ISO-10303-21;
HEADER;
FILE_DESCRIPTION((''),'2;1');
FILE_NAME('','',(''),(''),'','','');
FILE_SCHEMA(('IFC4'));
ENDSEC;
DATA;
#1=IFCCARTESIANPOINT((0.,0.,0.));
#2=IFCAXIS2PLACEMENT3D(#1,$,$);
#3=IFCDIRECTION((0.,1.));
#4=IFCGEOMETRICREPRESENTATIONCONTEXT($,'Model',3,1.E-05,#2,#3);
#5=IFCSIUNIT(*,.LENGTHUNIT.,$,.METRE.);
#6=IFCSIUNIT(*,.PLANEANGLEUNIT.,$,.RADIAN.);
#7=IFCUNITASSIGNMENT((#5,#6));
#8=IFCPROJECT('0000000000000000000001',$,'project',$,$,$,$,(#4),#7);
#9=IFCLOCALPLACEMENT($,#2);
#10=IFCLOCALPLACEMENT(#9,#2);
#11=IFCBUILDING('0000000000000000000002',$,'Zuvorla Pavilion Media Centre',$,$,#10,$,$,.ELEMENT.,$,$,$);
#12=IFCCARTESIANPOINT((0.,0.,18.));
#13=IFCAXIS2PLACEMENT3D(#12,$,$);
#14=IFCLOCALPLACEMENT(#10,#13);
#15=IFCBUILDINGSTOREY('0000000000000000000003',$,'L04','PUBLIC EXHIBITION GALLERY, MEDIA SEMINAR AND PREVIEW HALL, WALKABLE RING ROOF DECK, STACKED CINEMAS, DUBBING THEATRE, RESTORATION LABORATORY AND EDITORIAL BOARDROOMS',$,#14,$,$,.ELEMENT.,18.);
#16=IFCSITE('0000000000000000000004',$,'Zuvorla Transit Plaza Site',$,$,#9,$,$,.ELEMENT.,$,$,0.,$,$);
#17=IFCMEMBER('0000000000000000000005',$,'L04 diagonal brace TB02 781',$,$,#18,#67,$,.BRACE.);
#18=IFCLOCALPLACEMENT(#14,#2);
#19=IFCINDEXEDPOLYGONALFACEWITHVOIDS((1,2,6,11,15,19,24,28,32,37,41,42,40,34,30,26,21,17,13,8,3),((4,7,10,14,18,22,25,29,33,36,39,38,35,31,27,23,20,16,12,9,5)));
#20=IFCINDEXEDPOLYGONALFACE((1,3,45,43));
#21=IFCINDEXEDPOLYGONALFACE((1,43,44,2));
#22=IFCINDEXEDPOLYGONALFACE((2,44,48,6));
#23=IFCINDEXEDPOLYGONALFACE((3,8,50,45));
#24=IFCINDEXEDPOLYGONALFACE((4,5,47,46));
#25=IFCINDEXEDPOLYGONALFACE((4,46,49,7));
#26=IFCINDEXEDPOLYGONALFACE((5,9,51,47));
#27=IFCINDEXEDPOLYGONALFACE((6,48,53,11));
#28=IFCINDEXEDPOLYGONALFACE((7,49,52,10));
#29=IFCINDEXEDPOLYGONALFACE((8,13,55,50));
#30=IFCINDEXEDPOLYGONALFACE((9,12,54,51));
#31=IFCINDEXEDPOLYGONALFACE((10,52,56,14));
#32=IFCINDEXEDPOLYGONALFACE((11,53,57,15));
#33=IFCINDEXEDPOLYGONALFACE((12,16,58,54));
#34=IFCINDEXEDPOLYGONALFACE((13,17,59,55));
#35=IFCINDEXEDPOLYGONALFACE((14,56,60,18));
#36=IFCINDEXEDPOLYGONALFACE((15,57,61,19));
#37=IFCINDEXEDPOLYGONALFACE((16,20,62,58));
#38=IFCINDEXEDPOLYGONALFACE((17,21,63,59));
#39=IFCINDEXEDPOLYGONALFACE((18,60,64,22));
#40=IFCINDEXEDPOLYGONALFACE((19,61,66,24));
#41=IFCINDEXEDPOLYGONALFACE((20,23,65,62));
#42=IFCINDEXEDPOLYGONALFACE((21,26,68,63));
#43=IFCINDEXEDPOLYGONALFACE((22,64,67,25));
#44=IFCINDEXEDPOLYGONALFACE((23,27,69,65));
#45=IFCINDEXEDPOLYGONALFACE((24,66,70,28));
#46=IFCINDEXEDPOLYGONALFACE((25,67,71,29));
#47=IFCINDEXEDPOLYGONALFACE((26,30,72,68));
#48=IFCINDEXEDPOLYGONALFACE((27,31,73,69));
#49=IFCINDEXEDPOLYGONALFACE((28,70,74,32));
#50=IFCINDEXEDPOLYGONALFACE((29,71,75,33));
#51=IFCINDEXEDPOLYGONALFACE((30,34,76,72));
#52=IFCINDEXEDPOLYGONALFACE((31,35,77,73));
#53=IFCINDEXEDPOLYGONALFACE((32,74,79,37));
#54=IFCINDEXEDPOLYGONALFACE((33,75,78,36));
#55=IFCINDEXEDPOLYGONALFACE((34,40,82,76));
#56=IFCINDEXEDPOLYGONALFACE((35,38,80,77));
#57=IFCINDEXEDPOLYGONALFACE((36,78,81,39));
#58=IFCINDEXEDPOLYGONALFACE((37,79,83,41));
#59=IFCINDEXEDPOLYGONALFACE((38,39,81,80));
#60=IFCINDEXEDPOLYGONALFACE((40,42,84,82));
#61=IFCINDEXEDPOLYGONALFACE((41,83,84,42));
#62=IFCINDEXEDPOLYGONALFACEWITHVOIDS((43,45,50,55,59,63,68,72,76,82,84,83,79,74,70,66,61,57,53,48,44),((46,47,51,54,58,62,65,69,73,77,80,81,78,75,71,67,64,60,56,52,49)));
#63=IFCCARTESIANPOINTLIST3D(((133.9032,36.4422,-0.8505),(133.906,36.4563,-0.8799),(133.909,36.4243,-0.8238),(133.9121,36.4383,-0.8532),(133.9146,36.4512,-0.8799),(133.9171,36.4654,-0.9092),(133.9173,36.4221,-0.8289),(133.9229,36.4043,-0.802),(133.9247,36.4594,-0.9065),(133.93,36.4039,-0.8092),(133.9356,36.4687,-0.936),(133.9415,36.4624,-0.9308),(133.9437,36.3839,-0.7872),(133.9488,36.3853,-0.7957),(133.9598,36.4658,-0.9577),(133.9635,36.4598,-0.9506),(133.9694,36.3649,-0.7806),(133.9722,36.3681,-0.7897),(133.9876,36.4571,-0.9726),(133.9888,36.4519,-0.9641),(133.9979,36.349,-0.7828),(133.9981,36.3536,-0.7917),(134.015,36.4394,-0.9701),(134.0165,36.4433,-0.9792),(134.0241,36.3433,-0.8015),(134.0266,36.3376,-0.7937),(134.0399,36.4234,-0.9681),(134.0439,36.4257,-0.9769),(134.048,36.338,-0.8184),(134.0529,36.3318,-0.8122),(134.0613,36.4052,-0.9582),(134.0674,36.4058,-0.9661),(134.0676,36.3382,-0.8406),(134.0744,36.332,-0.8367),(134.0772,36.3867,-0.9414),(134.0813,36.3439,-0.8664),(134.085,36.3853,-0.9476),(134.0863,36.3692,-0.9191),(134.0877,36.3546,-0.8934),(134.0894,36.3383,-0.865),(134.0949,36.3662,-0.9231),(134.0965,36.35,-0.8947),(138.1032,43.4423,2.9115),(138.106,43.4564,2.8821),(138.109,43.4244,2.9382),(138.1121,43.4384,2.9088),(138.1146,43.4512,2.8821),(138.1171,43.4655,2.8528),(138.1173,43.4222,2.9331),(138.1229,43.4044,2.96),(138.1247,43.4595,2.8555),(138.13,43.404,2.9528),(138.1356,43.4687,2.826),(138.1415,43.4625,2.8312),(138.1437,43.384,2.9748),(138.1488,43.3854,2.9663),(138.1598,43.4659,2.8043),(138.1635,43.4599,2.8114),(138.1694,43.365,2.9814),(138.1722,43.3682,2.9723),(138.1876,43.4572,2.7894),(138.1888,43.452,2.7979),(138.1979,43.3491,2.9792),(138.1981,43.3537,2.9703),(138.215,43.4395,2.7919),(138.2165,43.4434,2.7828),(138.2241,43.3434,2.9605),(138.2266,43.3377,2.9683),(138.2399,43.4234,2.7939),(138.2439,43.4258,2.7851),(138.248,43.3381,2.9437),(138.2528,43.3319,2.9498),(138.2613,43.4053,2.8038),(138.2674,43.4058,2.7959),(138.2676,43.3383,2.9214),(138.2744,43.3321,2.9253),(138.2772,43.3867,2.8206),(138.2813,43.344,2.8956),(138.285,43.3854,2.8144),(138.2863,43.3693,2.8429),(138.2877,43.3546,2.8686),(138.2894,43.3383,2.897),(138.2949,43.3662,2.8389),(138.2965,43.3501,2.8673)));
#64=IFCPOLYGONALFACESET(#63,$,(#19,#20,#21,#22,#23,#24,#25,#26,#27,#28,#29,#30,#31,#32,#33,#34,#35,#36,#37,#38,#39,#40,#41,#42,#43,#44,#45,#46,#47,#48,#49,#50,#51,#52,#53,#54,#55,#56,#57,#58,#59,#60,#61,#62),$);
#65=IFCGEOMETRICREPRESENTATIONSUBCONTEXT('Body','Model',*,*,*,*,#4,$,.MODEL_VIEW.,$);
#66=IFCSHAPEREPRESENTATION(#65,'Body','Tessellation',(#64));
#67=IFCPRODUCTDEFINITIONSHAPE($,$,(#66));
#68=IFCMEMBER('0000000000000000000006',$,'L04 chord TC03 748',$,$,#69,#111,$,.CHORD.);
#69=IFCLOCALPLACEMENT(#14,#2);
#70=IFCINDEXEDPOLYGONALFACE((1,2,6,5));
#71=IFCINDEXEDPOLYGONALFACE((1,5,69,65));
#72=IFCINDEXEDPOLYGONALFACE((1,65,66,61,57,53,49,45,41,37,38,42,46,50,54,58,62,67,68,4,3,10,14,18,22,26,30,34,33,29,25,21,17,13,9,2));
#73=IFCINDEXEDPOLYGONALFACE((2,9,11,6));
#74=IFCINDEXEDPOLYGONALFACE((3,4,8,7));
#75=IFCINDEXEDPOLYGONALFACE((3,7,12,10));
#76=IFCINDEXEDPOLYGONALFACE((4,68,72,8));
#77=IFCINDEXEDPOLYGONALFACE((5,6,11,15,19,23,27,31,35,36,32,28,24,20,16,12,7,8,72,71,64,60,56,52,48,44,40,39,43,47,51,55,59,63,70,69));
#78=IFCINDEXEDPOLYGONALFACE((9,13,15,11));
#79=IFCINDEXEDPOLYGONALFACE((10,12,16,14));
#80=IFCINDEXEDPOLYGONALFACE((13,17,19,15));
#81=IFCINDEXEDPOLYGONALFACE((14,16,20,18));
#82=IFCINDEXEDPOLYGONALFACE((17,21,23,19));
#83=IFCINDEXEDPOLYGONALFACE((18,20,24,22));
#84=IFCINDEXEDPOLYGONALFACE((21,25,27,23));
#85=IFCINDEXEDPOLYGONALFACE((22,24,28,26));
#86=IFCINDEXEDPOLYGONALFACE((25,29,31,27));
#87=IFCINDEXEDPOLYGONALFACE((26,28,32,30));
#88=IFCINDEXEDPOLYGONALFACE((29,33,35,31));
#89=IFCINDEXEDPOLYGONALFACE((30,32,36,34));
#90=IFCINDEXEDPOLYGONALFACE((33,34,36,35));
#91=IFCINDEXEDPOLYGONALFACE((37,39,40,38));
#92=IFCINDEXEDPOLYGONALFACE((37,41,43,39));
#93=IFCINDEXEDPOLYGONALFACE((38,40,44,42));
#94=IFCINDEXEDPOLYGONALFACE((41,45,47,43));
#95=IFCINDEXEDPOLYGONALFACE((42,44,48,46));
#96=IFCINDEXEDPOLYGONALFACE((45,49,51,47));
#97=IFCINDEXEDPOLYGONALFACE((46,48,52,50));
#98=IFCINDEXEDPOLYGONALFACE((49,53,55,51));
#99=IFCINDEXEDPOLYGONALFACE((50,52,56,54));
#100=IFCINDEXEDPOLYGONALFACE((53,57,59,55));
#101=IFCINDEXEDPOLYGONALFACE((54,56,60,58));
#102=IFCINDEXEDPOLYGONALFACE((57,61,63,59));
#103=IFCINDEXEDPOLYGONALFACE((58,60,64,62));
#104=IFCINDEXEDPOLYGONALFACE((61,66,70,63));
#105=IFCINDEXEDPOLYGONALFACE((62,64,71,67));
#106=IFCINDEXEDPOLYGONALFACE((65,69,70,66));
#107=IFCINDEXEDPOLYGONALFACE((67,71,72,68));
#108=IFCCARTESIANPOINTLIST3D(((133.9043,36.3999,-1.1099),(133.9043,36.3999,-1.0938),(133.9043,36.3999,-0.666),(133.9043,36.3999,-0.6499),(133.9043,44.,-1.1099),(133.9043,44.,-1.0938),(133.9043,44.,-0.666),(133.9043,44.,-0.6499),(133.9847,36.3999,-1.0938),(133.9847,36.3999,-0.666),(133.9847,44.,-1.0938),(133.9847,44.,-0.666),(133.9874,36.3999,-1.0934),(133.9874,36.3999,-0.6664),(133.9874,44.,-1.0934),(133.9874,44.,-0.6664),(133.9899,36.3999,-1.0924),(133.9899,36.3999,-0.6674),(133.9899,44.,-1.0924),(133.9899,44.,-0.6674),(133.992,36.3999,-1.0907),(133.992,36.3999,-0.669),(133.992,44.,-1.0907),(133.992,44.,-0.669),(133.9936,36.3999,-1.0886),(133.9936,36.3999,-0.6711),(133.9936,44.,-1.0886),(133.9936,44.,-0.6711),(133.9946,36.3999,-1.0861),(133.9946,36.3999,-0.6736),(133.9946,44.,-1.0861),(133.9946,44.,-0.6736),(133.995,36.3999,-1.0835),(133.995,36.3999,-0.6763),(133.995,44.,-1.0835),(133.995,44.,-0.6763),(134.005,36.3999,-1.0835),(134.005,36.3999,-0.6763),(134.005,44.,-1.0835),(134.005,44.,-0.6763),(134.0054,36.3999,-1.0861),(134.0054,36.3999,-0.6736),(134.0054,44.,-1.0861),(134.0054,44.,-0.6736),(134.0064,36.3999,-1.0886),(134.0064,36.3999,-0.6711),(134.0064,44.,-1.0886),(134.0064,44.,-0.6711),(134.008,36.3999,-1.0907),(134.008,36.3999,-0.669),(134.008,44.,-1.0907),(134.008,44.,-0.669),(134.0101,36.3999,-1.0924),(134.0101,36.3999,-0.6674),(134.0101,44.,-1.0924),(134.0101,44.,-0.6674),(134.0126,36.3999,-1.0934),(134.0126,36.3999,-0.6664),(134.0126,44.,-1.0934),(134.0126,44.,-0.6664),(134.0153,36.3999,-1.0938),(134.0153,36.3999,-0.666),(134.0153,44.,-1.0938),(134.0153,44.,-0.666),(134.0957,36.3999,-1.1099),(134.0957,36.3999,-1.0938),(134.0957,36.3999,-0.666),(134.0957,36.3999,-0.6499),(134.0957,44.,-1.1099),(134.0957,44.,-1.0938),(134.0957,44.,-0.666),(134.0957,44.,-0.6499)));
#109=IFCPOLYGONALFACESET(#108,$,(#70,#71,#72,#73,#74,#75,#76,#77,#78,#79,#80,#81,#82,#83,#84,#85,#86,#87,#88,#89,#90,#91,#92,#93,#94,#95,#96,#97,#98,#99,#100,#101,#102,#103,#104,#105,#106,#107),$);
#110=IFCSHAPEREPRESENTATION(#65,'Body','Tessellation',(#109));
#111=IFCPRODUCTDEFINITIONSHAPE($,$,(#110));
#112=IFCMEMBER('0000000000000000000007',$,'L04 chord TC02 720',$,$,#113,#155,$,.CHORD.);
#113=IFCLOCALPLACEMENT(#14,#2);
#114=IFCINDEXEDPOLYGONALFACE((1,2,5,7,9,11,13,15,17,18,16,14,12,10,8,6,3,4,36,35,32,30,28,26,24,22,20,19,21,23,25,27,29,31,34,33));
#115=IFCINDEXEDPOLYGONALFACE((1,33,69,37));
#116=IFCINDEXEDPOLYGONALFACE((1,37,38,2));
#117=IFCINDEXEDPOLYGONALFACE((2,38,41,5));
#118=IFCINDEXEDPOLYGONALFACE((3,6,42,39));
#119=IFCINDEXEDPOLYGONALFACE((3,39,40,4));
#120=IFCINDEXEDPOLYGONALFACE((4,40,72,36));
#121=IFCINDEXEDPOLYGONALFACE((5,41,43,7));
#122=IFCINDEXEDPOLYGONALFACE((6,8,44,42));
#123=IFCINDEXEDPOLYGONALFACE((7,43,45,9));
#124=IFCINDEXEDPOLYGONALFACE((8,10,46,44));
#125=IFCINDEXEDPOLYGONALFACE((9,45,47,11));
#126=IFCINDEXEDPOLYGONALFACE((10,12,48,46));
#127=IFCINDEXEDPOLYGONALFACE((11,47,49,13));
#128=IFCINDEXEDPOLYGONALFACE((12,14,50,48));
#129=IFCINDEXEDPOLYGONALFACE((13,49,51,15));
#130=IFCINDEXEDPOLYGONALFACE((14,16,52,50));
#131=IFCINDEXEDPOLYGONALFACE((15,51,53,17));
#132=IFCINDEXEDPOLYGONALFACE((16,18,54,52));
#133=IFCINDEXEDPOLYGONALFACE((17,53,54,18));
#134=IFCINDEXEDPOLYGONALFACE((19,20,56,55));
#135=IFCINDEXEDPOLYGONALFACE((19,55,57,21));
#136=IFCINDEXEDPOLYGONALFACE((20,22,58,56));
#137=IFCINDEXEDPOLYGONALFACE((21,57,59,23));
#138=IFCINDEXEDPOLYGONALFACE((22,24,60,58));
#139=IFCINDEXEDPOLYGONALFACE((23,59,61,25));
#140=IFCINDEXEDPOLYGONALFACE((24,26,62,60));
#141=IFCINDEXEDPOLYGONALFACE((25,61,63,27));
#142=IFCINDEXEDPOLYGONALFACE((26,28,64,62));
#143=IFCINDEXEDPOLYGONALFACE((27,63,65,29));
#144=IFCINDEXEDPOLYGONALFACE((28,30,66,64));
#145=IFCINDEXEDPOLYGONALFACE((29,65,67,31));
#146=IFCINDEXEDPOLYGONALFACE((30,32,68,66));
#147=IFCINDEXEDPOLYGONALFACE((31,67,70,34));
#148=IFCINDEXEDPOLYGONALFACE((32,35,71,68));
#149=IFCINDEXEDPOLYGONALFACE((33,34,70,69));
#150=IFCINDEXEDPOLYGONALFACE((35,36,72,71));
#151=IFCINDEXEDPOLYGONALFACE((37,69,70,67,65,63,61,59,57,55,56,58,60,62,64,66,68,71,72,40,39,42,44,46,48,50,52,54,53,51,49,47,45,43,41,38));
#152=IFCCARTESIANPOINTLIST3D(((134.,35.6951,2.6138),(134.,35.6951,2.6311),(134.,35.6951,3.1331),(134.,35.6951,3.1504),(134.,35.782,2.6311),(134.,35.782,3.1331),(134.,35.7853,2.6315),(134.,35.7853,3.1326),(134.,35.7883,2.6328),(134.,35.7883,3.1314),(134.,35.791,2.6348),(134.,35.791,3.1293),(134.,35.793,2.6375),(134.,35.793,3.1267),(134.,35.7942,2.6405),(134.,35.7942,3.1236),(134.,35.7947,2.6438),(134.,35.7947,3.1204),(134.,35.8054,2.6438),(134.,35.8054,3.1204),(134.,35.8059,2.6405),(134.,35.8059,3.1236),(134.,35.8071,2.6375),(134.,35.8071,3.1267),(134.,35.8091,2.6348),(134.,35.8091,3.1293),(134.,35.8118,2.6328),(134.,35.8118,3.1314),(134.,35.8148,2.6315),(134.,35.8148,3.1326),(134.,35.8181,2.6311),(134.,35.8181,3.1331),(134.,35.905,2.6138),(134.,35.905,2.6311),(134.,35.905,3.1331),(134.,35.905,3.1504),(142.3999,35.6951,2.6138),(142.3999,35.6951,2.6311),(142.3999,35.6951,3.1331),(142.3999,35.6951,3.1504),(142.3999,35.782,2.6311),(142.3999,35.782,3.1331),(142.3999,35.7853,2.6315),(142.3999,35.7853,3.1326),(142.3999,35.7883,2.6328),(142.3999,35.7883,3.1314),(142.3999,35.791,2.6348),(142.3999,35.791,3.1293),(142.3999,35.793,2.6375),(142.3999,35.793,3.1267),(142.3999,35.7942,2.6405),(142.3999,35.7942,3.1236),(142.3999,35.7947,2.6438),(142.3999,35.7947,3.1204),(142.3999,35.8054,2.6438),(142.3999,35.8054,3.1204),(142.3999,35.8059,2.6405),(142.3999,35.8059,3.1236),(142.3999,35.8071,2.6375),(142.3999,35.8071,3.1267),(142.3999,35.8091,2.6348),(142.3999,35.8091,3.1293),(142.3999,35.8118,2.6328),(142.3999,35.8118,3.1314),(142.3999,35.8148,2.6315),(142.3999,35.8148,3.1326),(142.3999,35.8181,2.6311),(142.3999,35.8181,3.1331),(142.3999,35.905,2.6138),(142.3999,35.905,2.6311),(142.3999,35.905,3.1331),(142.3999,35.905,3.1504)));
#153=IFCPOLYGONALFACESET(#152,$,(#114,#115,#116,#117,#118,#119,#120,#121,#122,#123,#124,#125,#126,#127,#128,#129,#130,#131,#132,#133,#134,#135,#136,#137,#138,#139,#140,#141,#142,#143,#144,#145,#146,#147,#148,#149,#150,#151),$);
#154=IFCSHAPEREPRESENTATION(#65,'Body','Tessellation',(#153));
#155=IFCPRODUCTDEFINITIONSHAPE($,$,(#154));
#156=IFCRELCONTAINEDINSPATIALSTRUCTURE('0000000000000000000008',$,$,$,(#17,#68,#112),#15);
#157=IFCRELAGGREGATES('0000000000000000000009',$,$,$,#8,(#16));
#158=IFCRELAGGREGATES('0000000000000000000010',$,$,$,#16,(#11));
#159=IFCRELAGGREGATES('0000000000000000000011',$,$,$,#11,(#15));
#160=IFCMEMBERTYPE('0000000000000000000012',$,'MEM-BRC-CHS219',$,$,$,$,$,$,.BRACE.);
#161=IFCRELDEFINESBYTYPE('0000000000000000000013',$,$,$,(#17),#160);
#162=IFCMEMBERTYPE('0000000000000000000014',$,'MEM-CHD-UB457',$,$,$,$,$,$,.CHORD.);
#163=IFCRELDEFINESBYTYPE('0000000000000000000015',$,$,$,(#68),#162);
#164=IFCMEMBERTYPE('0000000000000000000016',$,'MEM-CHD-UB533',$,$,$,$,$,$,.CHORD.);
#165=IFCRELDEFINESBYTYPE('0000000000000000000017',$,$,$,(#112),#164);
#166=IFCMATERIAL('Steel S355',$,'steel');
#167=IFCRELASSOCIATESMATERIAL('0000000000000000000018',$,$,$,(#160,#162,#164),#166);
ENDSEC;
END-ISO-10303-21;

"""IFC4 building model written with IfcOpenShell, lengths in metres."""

from ifc_helpers import new_model, si_unit, direction, frame, origin, origin_2d, place, context, subcontext, project, spatial, hollow_circle, i_section, extrude, material, material_profile, profile_set, type_object, element, save


model = new_model("IFC4")

# Units and contexts
model_context = context("Model", 3, precision=1e-05, world=origin(), true_north=direction((0.0, 1.0)))
body_context = subcontext(model_context, "Body", "Model", "MODEL_VIEW")
ifc_project = project(units=[si_unit("LENGTHUNIT", "METRE"), si_unit("PLANEANGLEUNIT", "RADIAN")], contexts=[model_context])

# Site, building, storey
site_placement = place(None, origin())
site = spatial("IfcSite", under=ifc_project, at=site_placement, Name="Zuvorla Transit Plaza Site", CompositionType="ELEMENT", RefElevation=0.0)
building_placement = place(site_placement, origin())
building = spatial("IfcBuilding", under=site, at=building_placement, Name="Zuvorla Pavilion Media Centre", CompositionType="ELEMENT")
storey_placement = place(building_placement, frame((0.0, 0.0, 18.0)))
storey = spatial("IfcBuildingStorey", under=building, at=storey_placement, Name="L04", Description="PUBLIC EXHIBITION GALLERY, MEDIA SEMINAR AND PREVIEW HALL, WALKABLE RING ROOF DECK, STACKED CINEMAS, DUBBING THEATRE, RESTORATION LABORATORY AND EDITORIAL BOARDROOMS", CompositionType="ELEMENT", Elevation=18.0)

# Members
ifc_material_1 = material(Name="Steel S355", Category="steel")
ifc_material_profile_1 = material_profile(ifc_material_1, hollow_circle(Radius=0.1096, WallThickness=0.01, at=origin_2d()), Name="CHS 219.1x10")
ifc_profile_set_1 = profile_set([ifc_material_profile_1], Name="Steel S355")
member_type_1 = type_object("IfcMemberType", Name="MEM-BRC-CHS219", PredefinedType="BRACE", material=ifc_profile_set_1)
for number, where, z_axis, x_axis, name in (
    (1, (134.0, 36.3999, -0.8799), (0.467262, 0.778779, 0.418534), (-0.857496, 0.514491, 0.0), "L04 diagonal brace TB02 781"),
):
    element("IfcMember", number, at=place(storey_placement, frame(where, z_axis=z_axis, x_axis=x_axis)), inside=storey, type_object=member_type_1, Name=name, PredefinedType="BRACE", context=body_context, shape_type="SweptSolid", body=[
        extrude(hollow_circle(Radius=0.1096, WallThickness=0.01, at=origin_2d()), origin(), (0.0, 0.0, 1.0), 8.9885),
    ])
ifc_material_profile_2 = material_profile(ifc_material_1, i_section(OverallWidth=0.1914, OverallDepth=0.46, WebThickness=0.01, FlangeThickness=0.0161, FilletRadius=0.0103, at=origin_2d()), Name="UB 457x191x82")
ifc_profile_set_2 = profile_set([ifc_material_profile_2], Name="Steel S355")
member_type_2 = type_object("IfcMemberType", Name="MEM-CHD-UB457", PredefinedType="CHORD", material=ifc_profile_set_2)
member_1_placement = place(storey_placement, frame((134.0, 36.3999, -0.8799), z_axis=(0.0, 1.0, 0.0), x_axis=(-1.0, 0.0, 0.0)))
element("IfcMember", 2, at=member_1_placement, inside=storey, type_object=member_type_2, Name="L04 chord TC03 748", PredefinedType="CHORD", context=body_context, shape_type="SweptSolid", body=[
    extrude(i_section(OverallWidth=0.1914, OverallDepth=0.46, WebThickness=0.01, FlangeThickness=0.0161, FilletRadius=0.0103, at=origin_2d()), origin(), (0.0, 0.0, 1.0), 7.6001),
])
ifc_material_profile_3 = material_profile(ifc_material_1, i_section(OverallWidth=0.21, OverallDepth=0.5366, WebThickness=0.0107, FlangeThickness=0.0173, FilletRadius=0.0127, at=origin_2d()), Name="UB 533x210x101")
ifc_profile_set_3 = profile_set([ifc_material_profile_3], Name="Steel S355")
member_type_3 = type_object("IfcMemberType", Name="MEM-CHD-UB533", PredefinedType="CHORD", material=ifc_profile_set_3)
member_2_placement = place(storey_placement, frame((134.0, 35.8, 2.8821), z_axis=(1.0, 0.0, 0.0), x_axis=(0.0, 1.0, 0.0)))
element("IfcMember", 3, at=member_2_placement, inside=storey, type_object=member_type_3, Name="L04 chord TC02 720", PredefinedType="CHORD", context=body_context, shape_type="SweptSolid", body=[
    extrude(i_section(OverallWidth=0.21, OverallDepth=0.5366, WebThickness=0.0107, FlangeThickness=0.0173, FilletRadius=0.0127, at=origin_2d()), origin(), (0.0, 0.0, 1.0), 8.3999),
])

save(model, "model.ifc")
